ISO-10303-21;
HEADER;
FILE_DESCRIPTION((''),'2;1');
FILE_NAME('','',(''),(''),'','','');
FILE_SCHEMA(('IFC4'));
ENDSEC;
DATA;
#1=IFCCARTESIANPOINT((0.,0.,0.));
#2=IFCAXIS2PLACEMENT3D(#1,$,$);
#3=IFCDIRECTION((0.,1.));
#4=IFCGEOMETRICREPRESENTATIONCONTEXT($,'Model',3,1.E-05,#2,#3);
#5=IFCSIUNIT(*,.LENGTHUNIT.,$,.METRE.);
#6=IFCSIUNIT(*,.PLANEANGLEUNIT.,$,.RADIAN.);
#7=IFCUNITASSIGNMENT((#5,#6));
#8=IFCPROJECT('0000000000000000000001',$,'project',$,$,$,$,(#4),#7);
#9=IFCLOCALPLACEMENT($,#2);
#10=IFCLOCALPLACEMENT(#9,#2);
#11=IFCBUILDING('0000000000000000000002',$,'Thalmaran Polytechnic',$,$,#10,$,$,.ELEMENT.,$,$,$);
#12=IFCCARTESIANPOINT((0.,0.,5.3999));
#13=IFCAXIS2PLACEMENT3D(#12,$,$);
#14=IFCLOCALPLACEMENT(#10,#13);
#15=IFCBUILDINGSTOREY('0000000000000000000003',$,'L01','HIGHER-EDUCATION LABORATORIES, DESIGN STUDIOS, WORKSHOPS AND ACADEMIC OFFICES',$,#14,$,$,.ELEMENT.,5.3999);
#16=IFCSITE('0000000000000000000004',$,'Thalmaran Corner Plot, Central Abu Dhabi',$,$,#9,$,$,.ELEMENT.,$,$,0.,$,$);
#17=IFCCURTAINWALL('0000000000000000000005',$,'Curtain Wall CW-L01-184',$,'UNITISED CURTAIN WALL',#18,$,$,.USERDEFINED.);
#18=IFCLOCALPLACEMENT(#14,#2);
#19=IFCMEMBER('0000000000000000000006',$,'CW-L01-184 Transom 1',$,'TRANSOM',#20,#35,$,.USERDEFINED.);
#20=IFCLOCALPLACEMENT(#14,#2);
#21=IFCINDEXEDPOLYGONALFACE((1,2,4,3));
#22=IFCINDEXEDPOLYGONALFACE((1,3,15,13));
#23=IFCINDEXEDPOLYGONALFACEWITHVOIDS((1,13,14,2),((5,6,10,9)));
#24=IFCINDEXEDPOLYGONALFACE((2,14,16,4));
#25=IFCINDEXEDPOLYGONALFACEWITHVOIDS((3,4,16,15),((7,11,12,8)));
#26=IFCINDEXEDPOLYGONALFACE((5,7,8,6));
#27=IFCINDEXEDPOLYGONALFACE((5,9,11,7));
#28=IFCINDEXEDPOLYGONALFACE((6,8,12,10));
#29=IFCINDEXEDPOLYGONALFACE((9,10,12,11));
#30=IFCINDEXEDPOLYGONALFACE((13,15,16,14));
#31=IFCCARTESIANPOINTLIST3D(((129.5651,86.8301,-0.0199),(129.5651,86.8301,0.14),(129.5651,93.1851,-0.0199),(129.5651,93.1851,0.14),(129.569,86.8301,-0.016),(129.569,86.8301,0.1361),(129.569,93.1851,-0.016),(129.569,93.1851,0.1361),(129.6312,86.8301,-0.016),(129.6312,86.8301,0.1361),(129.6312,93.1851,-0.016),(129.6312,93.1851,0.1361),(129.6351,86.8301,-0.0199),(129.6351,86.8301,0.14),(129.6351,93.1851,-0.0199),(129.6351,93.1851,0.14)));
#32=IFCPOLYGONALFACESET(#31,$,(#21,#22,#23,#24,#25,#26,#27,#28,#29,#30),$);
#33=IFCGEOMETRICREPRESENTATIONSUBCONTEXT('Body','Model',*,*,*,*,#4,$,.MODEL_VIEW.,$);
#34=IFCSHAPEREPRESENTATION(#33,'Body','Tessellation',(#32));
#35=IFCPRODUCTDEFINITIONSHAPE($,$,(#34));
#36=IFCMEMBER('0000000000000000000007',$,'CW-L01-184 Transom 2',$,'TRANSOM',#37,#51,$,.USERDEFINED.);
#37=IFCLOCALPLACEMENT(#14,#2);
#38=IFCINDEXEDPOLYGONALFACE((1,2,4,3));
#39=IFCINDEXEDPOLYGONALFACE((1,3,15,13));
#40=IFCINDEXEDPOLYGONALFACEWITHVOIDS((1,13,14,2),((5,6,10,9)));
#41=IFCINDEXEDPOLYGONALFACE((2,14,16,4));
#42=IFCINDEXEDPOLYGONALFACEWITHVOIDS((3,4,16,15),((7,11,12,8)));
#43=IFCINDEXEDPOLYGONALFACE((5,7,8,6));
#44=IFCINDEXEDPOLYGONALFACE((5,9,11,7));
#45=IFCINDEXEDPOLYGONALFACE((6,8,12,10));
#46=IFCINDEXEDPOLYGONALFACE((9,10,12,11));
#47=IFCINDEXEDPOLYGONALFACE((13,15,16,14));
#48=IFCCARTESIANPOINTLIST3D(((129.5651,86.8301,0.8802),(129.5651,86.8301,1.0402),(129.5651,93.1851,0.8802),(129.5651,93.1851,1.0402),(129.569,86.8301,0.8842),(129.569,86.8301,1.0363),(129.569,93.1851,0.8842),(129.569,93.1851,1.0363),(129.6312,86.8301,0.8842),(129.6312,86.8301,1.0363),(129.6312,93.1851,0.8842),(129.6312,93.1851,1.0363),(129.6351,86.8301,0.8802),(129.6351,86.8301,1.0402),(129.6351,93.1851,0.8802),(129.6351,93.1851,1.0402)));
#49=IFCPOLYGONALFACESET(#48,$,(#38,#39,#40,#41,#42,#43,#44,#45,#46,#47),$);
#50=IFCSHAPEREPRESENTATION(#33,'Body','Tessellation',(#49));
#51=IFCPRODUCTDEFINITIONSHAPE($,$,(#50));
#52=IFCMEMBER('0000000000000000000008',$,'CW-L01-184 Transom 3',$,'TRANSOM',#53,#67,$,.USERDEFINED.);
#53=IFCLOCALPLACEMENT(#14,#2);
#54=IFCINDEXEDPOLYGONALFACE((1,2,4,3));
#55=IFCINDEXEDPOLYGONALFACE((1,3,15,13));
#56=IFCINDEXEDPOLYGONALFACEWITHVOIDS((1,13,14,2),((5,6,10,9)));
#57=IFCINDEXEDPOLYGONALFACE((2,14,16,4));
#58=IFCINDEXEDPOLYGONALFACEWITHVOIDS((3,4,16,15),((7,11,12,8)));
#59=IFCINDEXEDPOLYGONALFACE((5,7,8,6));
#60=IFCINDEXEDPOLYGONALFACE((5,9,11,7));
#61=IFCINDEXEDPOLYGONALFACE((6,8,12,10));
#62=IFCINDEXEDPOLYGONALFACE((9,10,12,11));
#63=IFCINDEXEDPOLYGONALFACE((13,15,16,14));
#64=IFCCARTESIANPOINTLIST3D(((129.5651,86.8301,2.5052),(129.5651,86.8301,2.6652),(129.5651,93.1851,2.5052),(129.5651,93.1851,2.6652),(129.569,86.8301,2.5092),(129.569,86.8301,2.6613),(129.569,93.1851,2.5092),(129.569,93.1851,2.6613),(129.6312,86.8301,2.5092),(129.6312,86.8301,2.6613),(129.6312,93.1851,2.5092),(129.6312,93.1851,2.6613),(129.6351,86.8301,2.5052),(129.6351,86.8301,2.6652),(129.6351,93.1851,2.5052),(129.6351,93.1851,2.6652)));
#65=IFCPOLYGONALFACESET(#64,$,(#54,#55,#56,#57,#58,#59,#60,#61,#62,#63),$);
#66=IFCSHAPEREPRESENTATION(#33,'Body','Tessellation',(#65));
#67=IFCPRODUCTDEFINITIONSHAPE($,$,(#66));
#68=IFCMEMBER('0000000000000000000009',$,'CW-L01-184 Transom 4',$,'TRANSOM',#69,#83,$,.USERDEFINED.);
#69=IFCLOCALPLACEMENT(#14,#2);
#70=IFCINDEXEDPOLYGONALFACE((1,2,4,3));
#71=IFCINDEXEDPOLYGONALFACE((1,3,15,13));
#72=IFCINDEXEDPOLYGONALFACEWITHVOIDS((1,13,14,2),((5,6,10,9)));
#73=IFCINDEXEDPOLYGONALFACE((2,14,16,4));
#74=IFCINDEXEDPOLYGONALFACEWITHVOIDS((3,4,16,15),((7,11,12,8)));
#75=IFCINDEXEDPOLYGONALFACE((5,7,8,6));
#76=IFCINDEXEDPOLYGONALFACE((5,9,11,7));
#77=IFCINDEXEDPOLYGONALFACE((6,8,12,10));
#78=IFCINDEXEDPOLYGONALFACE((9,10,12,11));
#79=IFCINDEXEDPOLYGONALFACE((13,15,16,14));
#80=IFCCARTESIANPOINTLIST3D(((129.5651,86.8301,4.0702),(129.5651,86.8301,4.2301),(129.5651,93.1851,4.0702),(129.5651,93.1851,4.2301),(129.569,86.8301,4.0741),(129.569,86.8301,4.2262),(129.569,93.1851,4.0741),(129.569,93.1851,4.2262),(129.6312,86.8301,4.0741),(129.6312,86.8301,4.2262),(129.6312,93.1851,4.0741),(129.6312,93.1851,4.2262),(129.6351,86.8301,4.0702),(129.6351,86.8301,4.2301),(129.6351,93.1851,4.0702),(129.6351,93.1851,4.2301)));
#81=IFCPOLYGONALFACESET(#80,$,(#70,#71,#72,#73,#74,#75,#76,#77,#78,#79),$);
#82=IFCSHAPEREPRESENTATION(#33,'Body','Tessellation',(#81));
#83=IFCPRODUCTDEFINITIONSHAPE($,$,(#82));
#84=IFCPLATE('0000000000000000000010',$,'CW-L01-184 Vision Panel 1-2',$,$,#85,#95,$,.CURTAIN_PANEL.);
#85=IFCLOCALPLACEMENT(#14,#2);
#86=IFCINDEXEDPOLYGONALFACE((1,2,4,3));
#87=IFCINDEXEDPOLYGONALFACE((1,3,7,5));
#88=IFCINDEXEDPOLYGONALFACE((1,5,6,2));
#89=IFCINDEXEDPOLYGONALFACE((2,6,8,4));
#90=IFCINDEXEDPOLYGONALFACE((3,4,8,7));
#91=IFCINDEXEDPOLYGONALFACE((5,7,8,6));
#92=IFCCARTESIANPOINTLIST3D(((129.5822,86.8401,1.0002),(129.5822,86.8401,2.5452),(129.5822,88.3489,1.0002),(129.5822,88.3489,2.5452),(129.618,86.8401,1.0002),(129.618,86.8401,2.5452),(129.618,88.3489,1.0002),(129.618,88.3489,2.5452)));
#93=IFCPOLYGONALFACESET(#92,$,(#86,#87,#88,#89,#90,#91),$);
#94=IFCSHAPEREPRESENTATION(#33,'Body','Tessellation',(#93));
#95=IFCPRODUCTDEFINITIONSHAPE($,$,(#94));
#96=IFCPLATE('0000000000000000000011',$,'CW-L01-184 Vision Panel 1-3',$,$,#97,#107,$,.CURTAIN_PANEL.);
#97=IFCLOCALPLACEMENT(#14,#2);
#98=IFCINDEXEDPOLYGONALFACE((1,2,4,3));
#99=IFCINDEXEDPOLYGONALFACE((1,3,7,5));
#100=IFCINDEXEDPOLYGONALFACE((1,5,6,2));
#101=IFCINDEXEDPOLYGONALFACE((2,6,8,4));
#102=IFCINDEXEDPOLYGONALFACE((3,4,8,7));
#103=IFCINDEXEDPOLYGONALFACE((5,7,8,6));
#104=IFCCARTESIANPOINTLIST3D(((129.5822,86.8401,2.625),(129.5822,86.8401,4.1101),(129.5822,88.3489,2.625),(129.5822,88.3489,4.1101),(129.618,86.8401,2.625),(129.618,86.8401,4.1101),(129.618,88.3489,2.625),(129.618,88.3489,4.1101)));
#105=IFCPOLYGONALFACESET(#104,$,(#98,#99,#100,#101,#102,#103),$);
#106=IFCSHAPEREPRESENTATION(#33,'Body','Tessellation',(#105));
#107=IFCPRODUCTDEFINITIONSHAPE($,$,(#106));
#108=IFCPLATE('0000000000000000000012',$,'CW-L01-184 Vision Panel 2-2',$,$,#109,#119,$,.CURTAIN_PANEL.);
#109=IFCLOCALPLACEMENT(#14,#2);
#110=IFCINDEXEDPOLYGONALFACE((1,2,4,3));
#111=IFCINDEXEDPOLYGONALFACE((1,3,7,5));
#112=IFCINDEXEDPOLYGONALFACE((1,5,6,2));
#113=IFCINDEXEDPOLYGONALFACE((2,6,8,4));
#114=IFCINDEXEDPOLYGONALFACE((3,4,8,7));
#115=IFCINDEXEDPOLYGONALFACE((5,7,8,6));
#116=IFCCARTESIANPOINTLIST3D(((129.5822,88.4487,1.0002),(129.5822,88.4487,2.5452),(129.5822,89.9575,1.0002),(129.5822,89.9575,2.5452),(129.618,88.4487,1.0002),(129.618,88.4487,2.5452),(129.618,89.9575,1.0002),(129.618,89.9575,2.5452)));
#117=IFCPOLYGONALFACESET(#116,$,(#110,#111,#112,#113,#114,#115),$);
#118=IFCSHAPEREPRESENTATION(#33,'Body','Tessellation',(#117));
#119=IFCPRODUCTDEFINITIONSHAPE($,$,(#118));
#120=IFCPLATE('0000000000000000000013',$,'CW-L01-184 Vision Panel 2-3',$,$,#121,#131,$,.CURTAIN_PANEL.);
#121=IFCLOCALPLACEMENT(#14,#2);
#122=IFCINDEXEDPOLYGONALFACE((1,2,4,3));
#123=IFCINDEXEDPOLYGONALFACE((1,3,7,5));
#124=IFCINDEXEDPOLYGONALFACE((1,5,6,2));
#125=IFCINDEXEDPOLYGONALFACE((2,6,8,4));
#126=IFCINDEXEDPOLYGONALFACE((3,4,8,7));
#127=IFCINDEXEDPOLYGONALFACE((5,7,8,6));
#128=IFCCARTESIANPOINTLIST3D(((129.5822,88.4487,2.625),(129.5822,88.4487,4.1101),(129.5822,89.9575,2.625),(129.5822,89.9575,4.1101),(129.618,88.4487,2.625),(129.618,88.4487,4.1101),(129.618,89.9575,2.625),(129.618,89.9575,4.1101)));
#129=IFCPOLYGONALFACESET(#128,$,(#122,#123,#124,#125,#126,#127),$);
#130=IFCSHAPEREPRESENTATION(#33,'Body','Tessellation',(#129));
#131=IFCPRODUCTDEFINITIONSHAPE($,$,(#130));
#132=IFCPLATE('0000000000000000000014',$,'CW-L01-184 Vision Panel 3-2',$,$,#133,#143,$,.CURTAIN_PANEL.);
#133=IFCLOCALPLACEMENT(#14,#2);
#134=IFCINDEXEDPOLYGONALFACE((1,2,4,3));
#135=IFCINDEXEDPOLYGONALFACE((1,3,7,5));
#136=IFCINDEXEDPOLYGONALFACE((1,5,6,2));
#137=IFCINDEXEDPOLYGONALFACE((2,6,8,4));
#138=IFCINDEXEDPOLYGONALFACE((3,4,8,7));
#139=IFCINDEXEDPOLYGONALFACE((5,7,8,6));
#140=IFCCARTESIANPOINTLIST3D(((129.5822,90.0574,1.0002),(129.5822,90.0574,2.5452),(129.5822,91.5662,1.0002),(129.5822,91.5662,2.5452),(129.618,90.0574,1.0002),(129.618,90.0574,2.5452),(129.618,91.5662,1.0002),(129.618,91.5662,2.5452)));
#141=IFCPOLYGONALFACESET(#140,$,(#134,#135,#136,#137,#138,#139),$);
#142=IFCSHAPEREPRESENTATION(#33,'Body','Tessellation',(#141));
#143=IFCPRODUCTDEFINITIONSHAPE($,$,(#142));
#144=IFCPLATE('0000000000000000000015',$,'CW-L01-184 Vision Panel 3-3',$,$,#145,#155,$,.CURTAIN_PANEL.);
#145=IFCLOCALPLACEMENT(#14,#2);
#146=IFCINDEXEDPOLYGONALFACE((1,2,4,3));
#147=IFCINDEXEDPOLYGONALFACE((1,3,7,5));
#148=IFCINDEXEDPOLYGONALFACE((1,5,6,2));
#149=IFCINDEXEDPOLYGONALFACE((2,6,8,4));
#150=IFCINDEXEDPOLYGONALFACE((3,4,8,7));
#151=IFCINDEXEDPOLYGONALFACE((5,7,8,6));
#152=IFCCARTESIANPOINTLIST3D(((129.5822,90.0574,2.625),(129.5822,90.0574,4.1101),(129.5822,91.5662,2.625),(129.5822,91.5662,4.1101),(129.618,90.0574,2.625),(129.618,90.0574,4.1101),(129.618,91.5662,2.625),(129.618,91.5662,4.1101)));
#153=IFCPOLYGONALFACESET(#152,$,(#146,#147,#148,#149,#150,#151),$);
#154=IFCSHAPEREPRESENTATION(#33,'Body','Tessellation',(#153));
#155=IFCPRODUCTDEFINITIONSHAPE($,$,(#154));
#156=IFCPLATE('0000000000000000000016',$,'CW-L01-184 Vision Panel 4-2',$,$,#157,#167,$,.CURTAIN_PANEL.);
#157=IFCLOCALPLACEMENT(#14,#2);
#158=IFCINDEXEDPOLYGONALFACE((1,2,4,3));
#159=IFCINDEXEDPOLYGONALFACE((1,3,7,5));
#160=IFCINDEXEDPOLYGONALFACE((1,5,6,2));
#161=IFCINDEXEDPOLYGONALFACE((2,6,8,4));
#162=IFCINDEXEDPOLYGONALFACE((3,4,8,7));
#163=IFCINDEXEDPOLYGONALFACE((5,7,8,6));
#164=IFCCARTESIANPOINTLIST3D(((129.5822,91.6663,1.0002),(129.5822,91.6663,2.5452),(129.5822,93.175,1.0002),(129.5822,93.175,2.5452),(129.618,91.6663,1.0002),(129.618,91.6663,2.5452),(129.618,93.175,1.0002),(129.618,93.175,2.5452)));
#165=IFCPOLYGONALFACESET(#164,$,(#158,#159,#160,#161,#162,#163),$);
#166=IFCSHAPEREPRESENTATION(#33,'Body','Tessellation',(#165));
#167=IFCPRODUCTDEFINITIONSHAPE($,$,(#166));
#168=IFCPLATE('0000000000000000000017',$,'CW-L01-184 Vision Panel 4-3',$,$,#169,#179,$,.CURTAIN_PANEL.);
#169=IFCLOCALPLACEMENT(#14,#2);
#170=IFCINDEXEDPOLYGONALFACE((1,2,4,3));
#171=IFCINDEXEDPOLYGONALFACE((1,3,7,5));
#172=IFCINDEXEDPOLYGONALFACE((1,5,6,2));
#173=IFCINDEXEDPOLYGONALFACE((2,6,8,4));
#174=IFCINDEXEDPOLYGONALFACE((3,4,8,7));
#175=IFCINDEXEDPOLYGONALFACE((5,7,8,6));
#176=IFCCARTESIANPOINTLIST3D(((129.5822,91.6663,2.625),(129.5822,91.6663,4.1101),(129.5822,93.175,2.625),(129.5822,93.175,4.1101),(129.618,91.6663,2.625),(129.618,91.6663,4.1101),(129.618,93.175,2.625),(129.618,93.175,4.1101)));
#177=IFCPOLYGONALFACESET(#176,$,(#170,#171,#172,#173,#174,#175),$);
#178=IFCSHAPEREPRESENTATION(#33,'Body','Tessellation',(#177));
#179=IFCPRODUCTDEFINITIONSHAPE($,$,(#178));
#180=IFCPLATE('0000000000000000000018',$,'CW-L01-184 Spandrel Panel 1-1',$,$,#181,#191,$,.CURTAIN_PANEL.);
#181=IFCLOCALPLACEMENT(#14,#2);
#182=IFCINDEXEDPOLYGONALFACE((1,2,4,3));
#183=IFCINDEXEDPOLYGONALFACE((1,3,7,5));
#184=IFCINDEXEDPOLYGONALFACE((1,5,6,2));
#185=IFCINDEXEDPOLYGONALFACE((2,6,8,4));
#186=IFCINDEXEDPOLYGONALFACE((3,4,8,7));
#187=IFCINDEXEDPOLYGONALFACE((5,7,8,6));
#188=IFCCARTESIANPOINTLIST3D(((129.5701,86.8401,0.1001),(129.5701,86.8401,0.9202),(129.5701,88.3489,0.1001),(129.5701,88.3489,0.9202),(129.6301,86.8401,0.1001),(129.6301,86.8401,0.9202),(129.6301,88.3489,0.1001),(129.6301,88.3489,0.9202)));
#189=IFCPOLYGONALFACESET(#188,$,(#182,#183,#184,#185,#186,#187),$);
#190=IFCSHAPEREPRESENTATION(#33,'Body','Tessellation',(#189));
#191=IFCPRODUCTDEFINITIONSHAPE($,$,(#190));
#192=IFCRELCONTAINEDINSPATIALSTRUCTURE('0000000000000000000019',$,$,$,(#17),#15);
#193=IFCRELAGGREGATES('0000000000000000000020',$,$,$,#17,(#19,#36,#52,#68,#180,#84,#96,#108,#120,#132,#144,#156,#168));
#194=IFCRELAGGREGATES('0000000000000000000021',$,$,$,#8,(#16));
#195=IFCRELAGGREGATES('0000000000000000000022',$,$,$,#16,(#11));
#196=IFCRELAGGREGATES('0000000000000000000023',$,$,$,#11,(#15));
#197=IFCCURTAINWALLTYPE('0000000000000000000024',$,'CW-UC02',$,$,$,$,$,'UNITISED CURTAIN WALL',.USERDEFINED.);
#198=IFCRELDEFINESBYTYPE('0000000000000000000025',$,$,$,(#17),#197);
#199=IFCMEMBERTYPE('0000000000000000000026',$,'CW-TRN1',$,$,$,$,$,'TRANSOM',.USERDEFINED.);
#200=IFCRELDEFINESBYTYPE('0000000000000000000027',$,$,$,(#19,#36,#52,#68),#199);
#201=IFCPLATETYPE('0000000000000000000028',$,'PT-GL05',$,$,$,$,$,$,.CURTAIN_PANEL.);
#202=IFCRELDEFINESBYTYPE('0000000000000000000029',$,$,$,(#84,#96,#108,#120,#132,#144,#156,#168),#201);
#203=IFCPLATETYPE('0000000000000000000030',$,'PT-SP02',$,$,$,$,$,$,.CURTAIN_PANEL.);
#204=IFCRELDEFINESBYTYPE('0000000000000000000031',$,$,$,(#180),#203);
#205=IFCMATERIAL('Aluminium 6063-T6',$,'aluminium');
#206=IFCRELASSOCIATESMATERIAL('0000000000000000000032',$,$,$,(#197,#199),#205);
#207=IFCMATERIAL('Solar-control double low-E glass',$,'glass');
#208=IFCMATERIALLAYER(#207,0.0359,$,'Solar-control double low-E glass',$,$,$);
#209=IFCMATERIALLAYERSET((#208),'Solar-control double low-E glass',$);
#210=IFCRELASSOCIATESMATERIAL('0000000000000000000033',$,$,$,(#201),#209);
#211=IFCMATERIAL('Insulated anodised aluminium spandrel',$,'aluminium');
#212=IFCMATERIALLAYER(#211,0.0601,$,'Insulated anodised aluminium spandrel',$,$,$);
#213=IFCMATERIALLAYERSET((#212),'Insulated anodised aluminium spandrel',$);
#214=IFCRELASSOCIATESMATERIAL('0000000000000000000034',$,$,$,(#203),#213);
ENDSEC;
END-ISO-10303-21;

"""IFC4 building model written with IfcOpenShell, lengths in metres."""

from ifc_helpers import new_model, si_unit, direction, frame, origin, origin_2d, place, context, subcontext, project, spatial, rectangle, hollow_rectangle, extrude, material, layer, layer_set, material_profile, profile_set, type_object, element, aggregate, save


model = new_model("IFC4")

# Units and contexts
model_context = context("Model", 3, precision=1e-05, world=origin(), true_north=direction((0.0, 1.0)))
body_context = subcontext(model_context, "Body", "Model", "MODEL_VIEW")
ifc_project = project(units=[si_unit("LENGTHUNIT", "METRE"), si_unit("PLANEANGLEUNIT", "RADIAN")], contexts=[model_context])

# Site, building, storey
site_placement = place(None, origin())
site = spatial("IfcSite", under=ifc_project, at=site_placement, Name="Thalmaran Corner Plot, Central Abu Dhabi", CompositionType="ELEMENT", RefElevation=0.0)
building_placement = place(site_placement, origin())
building = spatial("IfcBuilding", under=site, at=building_placement, Name="Thalmaran Polytechnic", CompositionType="ELEMENT")
storey_placement = place(building_placement, frame((0.0, 0.0, 5.3999)))
storey = spatial("IfcBuildingStorey", under=building, at=storey_placement, Name="L01", Description="HIGHER-EDUCATION LABORATORIES, DESIGN STUDIOS, WORKSHOPS AND ACADEMIC OFFICES", CompositionType="ELEMENT", Elevation=5.3999)

# Curtain wall, members, plates
ifc_material_1 = material(Name="Aluminium 6063-T6", Category="aluminium")
curtain_wall_type = type_object("IfcCurtainWallType", Name="CW-UC02", ElementType="UNITISED CURTAIN WALL", PredefinedType="USERDEFINED", material=ifc_material_1)
curtain_wall_placement = place(storey_placement, origin())
curtain_wall = element("IfcCurtainWall", 1, at=curtain_wall_placement, inside=storey, type_object=curtain_wall_type, Name="Curtain Wall CW-L01-184", ObjectType="UNITISED CURTAIN WALL", PredefinedType="USERDEFINED")
ifc_material_profile_1 = material_profile(ifc_material_1, hollow_rectangle(XDim=0.0701, YDim=0.1599, WallThickness=0.0039, at=origin_2d()), Name="AL 160x70x4.0")
ifc_profile_set_1 = profile_set([ifc_material_profile_1], Name="Aluminium 6063-T6")
member_type_1 = type_object("IfcMemberType", Name="CW-TRN1", ElementType="TRANSOM", PredefinedType="USERDEFINED", material=ifc_profile_set_1)
member_1_placement = place(storey_placement, frame((129.6001, 86.8301, 0.0601), z_axis=(0.0, 1.0, 0.0), x_axis=(-1.0, 0.0, 0.0)))
member_1 = element("IfcMember", 2, at=member_1_placement, type_object=member_type_1, Name="CW-L01-184 Transom 1", ObjectType="TRANSOM", PredefinedType="USERDEFINED", context=body_context, shape_type="SweptSolid", body=[
    extrude(hollow_rectangle(XDim=0.0701, YDim=0.1599, WallThickness=0.0039, at=origin_2d()), origin(), (0.0, 0.0, 1.0), 6.355),
])
member_2_placement = place(storey_placement, frame((129.6001, 86.8301, 0.9602), z_axis=(0.0, 1.0, 0.0), x_axis=(-1.0, 0.0, 0.0)))
member_2 = element("IfcMember", 3, at=member_2_placement, type_object=member_type_1, Name="CW-L01-184 Transom 2", ObjectType="TRANSOM", PredefinedType="USERDEFINED", context=body_context, shape_type="SweptSolid", body=[
    extrude(hollow_rectangle(XDim=0.0701, YDim=0.1599, WallThickness=0.0039, at=origin_2d()), origin(), (0.0, 0.0, 1.0), 6.355),
])
member_3_placement = place(storey_placement, frame((129.6001, 86.8301, 2.5852), z_axis=(0.0, 1.0, 0.0), x_axis=(-1.0, 0.0, 0.0)))
member_3 = element("IfcMember", 4, at=member_3_placement, type_object=member_type_1, Name="CW-L01-184 Transom 3", ObjectType="TRANSOM", PredefinedType="USERDEFINED", context=body_context, shape_type="SweptSolid", body=[
    extrude(hollow_rectangle(XDim=0.0701, YDim=0.1599, WallThickness=0.0039, at=origin_2d()), origin(), (0.0, 0.0, 1.0), 6.355),
])
member_4_placement = place(storey_placement, frame((129.6001, 86.8301, 4.1501), z_axis=(0.0, 1.0, 0.0), x_axis=(-1.0, 0.0, 0.0)))
member_4 = element("IfcMember", 5, at=member_4_placement, type_object=member_type_1, Name="CW-L01-184 Transom 4", ObjectType="TRANSOM", PredefinedType="USERDEFINED", context=body_context, shape_type="SweptSolid", body=[
    extrude(hollow_rectangle(XDim=0.0701, YDim=0.1599, WallThickness=0.0039, at=origin_2d()), origin(), (0.0, 0.0, 1.0), 6.355),
])
ifc_material_2 = material(Name="Solar-control double low-E glass", Category="glass")
ifc_layer_1 = layer(ifc_material_2, 0.0359, Name="Solar-control double low-E glass")
ifc_layer_set_1 = layer_set([ifc_layer_1], Name="Solar-control double low-E glass")
plate_type_1 = type_object("IfcPlateType", Name="PT-GL05", PredefinedType="CURTAIN_PANEL", material=ifc_layer_set_1)
plate_1_placement = place(storey_placement, frame((129.6001, 87.5945, 1.0002), z_axis=(0.0, 0.0, 1.0), x_axis=(0.0, 1.0, 0.0)))
plate_1 = element("IfcPlate", 6, at=plate_1_placement, type_object=plate_type_1, Name="CW-L01-184 Vision Panel 1-2", PredefinedType="CURTAIN_PANEL", context=body_context, shape_type="SweptSolid", body=[
    extrude(rectangle(XDim=1.5088, YDim=0.0359, at=origin_2d()), origin(), (0.0, 0.0, 1.0), 1.5449),
])
plate_2_placement = place(storey_placement, frame((129.6001, 87.5945, 2.625), z_axis=(0.0, 0.0, 1.0), x_axis=(0.0, 1.0, 0.0)))
plate_2 = element("IfcPlate", 7, at=plate_2_placement, type_object=plate_type_1, Name="CW-L01-184 Vision Panel 1-3", PredefinedType="CURTAIN_PANEL", context=body_context, shape_type="SweptSolid", body=[
    extrude(rectangle(XDim=1.5088, YDim=0.0359, at=origin_2d()), origin(), (0.0, 0.0, 1.0), 1.4851),
])
plate_3_placement = place(storey_placement, frame((129.6001, 89.2031, 1.0002), z_axis=(0.0, 0.0, 1.0), x_axis=(0.0, 1.0, 0.0)))
plate_3 = element("IfcPlate", 8, at=plate_3_placement, type_object=plate_type_1, Name="CW-L01-184 Vision Panel 2-2", PredefinedType="CURTAIN_PANEL", context=body_context, shape_type="SweptSolid", body=[
    extrude(rectangle(XDim=1.5088, YDim=0.0359, at=origin_2d()), origin(), (0.0, 0.0, 1.0), 1.5449),
])
plate_4_placement = place(storey_placement, frame((129.6001, 89.2031, 2.625), z_axis=(0.0, 0.0, 1.0), x_axis=(0.0, 1.0, 0.0)))
plate_4 = element("IfcPlate", 9, at=plate_4_placement, type_object=plate_type_1, Name="CW-L01-184 Vision Panel 2-3", PredefinedType="CURTAIN_PANEL", context=body_context, shape_type="SweptSolid", body=[
    extrude(rectangle(XDim=1.5088, YDim=0.0359, at=origin_2d()), origin(), (0.0, 0.0, 1.0), 1.4851),
])
plate_5_placement = place(storey_placement, frame((129.6001, 90.8118, 1.0002), z_axis=(0.0, 0.0, 1.0), x_axis=(0.0, 1.0, 0.0)))
plate_5 = element("IfcPlate", 10, at=plate_5_placement, type_object=plate_type_1, Name="CW-L01-184 Vision Panel 3-2", PredefinedType="CURTAIN_PANEL", context=body_context, shape_type="SweptSolid", body=[
    extrude(rectangle(XDim=1.5088, YDim=0.0359, at=origin_2d()), origin(), (0.0, 0.0, 1.0), 1.5449),
])
plate_6_placement = place(storey_placement, frame((129.6001, 90.8118, 2.625), z_axis=(0.0, 0.0, 1.0), x_axis=(0.0, 1.0, 0.0)))
plate_6 = element("IfcPlate", 11, at=plate_6_placement, type_object=plate_type_1, Name="CW-L01-184 Vision Panel 3-3", PredefinedType="CURTAIN_PANEL", context=body_context, shape_type="SweptSolid", body=[
    extrude(rectangle(XDim=1.5088, YDim=0.0359, at=origin_2d()), origin(), (0.0, 0.0, 1.0), 1.4851),
])
plate_7_placement = place(storey_placement, frame((129.6001, 92.4207, 1.0002), z_axis=(0.0, 0.0, 1.0), x_axis=(0.0, 1.0, 0.0)))
plate_7 = element("IfcPlate", 12, at=plate_7_placement, type_object=plate_type_1, Name="CW-L01-184 Vision Panel 4-2", PredefinedType="CURTAIN_PANEL", context=body_context, shape_type="SweptSolid", body=[
    extrude(rectangle(XDim=1.5088, YDim=0.0359, at=origin_2d()), origin(), (0.0, 0.0, 1.0), 1.5449),
])
plate_8_placement = place(storey_placement, frame((129.6001, 92.4207, 2.625), z_axis=(0.0, 0.0, 1.0), x_axis=(0.0, 1.0, 0.0)))
plate_8 = element("IfcPlate", 13, at=plate_8_placement, type_object=plate_type_1, Name="CW-L01-184 Vision Panel 4-3", PredefinedType="CURTAIN_PANEL", context=body_context, shape_type="SweptSolid", body=[
    extrude(rectangle(XDim=1.5088, YDim=0.0359, at=origin_2d()), origin(), (0.0, 0.0, 1.0), 1.4851),
])
ifc_material_3 = material(Name="Insulated anodised aluminium spandrel", Category="aluminium")
ifc_layer_2 = layer(ifc_material_3, 0.0601, Name="Insulated anodised aluminium spandrel")
ifc_layer_set_2 = layer_set([ifc_layer_2], Name="Insulated anodised aluminium spandrel")
plate_type_2 = type_object("IfcPlateType", Name="PT-SP02", PredefinedType="CURTAIN_PANEL", material=ifc_layer_set_2)
plate_9_placement = place(storey_placement, frame((129.6001, 87.5945, 0.1001), z_axis=(0.0, 0.0, 1.0), x_axis=(0.0, 1.0, 0.0)))
plate_9 = element("IfcPlate", 14, at=plate_9_placement, type_object=plate_type_2, Name="CW-L01-184 Spandrel Panel 1-1", PredefinedType="CURTAIN_PANEL", context=body_context, shape_type="SweptSolid", body=[
    extrude(rectangle(XDim=1.5088, YDim=0.0601, at=origin_2d()), origin(), (0.0, 0.0, 1.0), 0.8201),
])
aggregate(curtain_wall, [member_1, member_2, member_3, member_4, plate_9, plate_1, plate_2, plate_3, plate_4, plate_5, plate_6, plate_7, plate_8])

save(model, "model.ifc")
